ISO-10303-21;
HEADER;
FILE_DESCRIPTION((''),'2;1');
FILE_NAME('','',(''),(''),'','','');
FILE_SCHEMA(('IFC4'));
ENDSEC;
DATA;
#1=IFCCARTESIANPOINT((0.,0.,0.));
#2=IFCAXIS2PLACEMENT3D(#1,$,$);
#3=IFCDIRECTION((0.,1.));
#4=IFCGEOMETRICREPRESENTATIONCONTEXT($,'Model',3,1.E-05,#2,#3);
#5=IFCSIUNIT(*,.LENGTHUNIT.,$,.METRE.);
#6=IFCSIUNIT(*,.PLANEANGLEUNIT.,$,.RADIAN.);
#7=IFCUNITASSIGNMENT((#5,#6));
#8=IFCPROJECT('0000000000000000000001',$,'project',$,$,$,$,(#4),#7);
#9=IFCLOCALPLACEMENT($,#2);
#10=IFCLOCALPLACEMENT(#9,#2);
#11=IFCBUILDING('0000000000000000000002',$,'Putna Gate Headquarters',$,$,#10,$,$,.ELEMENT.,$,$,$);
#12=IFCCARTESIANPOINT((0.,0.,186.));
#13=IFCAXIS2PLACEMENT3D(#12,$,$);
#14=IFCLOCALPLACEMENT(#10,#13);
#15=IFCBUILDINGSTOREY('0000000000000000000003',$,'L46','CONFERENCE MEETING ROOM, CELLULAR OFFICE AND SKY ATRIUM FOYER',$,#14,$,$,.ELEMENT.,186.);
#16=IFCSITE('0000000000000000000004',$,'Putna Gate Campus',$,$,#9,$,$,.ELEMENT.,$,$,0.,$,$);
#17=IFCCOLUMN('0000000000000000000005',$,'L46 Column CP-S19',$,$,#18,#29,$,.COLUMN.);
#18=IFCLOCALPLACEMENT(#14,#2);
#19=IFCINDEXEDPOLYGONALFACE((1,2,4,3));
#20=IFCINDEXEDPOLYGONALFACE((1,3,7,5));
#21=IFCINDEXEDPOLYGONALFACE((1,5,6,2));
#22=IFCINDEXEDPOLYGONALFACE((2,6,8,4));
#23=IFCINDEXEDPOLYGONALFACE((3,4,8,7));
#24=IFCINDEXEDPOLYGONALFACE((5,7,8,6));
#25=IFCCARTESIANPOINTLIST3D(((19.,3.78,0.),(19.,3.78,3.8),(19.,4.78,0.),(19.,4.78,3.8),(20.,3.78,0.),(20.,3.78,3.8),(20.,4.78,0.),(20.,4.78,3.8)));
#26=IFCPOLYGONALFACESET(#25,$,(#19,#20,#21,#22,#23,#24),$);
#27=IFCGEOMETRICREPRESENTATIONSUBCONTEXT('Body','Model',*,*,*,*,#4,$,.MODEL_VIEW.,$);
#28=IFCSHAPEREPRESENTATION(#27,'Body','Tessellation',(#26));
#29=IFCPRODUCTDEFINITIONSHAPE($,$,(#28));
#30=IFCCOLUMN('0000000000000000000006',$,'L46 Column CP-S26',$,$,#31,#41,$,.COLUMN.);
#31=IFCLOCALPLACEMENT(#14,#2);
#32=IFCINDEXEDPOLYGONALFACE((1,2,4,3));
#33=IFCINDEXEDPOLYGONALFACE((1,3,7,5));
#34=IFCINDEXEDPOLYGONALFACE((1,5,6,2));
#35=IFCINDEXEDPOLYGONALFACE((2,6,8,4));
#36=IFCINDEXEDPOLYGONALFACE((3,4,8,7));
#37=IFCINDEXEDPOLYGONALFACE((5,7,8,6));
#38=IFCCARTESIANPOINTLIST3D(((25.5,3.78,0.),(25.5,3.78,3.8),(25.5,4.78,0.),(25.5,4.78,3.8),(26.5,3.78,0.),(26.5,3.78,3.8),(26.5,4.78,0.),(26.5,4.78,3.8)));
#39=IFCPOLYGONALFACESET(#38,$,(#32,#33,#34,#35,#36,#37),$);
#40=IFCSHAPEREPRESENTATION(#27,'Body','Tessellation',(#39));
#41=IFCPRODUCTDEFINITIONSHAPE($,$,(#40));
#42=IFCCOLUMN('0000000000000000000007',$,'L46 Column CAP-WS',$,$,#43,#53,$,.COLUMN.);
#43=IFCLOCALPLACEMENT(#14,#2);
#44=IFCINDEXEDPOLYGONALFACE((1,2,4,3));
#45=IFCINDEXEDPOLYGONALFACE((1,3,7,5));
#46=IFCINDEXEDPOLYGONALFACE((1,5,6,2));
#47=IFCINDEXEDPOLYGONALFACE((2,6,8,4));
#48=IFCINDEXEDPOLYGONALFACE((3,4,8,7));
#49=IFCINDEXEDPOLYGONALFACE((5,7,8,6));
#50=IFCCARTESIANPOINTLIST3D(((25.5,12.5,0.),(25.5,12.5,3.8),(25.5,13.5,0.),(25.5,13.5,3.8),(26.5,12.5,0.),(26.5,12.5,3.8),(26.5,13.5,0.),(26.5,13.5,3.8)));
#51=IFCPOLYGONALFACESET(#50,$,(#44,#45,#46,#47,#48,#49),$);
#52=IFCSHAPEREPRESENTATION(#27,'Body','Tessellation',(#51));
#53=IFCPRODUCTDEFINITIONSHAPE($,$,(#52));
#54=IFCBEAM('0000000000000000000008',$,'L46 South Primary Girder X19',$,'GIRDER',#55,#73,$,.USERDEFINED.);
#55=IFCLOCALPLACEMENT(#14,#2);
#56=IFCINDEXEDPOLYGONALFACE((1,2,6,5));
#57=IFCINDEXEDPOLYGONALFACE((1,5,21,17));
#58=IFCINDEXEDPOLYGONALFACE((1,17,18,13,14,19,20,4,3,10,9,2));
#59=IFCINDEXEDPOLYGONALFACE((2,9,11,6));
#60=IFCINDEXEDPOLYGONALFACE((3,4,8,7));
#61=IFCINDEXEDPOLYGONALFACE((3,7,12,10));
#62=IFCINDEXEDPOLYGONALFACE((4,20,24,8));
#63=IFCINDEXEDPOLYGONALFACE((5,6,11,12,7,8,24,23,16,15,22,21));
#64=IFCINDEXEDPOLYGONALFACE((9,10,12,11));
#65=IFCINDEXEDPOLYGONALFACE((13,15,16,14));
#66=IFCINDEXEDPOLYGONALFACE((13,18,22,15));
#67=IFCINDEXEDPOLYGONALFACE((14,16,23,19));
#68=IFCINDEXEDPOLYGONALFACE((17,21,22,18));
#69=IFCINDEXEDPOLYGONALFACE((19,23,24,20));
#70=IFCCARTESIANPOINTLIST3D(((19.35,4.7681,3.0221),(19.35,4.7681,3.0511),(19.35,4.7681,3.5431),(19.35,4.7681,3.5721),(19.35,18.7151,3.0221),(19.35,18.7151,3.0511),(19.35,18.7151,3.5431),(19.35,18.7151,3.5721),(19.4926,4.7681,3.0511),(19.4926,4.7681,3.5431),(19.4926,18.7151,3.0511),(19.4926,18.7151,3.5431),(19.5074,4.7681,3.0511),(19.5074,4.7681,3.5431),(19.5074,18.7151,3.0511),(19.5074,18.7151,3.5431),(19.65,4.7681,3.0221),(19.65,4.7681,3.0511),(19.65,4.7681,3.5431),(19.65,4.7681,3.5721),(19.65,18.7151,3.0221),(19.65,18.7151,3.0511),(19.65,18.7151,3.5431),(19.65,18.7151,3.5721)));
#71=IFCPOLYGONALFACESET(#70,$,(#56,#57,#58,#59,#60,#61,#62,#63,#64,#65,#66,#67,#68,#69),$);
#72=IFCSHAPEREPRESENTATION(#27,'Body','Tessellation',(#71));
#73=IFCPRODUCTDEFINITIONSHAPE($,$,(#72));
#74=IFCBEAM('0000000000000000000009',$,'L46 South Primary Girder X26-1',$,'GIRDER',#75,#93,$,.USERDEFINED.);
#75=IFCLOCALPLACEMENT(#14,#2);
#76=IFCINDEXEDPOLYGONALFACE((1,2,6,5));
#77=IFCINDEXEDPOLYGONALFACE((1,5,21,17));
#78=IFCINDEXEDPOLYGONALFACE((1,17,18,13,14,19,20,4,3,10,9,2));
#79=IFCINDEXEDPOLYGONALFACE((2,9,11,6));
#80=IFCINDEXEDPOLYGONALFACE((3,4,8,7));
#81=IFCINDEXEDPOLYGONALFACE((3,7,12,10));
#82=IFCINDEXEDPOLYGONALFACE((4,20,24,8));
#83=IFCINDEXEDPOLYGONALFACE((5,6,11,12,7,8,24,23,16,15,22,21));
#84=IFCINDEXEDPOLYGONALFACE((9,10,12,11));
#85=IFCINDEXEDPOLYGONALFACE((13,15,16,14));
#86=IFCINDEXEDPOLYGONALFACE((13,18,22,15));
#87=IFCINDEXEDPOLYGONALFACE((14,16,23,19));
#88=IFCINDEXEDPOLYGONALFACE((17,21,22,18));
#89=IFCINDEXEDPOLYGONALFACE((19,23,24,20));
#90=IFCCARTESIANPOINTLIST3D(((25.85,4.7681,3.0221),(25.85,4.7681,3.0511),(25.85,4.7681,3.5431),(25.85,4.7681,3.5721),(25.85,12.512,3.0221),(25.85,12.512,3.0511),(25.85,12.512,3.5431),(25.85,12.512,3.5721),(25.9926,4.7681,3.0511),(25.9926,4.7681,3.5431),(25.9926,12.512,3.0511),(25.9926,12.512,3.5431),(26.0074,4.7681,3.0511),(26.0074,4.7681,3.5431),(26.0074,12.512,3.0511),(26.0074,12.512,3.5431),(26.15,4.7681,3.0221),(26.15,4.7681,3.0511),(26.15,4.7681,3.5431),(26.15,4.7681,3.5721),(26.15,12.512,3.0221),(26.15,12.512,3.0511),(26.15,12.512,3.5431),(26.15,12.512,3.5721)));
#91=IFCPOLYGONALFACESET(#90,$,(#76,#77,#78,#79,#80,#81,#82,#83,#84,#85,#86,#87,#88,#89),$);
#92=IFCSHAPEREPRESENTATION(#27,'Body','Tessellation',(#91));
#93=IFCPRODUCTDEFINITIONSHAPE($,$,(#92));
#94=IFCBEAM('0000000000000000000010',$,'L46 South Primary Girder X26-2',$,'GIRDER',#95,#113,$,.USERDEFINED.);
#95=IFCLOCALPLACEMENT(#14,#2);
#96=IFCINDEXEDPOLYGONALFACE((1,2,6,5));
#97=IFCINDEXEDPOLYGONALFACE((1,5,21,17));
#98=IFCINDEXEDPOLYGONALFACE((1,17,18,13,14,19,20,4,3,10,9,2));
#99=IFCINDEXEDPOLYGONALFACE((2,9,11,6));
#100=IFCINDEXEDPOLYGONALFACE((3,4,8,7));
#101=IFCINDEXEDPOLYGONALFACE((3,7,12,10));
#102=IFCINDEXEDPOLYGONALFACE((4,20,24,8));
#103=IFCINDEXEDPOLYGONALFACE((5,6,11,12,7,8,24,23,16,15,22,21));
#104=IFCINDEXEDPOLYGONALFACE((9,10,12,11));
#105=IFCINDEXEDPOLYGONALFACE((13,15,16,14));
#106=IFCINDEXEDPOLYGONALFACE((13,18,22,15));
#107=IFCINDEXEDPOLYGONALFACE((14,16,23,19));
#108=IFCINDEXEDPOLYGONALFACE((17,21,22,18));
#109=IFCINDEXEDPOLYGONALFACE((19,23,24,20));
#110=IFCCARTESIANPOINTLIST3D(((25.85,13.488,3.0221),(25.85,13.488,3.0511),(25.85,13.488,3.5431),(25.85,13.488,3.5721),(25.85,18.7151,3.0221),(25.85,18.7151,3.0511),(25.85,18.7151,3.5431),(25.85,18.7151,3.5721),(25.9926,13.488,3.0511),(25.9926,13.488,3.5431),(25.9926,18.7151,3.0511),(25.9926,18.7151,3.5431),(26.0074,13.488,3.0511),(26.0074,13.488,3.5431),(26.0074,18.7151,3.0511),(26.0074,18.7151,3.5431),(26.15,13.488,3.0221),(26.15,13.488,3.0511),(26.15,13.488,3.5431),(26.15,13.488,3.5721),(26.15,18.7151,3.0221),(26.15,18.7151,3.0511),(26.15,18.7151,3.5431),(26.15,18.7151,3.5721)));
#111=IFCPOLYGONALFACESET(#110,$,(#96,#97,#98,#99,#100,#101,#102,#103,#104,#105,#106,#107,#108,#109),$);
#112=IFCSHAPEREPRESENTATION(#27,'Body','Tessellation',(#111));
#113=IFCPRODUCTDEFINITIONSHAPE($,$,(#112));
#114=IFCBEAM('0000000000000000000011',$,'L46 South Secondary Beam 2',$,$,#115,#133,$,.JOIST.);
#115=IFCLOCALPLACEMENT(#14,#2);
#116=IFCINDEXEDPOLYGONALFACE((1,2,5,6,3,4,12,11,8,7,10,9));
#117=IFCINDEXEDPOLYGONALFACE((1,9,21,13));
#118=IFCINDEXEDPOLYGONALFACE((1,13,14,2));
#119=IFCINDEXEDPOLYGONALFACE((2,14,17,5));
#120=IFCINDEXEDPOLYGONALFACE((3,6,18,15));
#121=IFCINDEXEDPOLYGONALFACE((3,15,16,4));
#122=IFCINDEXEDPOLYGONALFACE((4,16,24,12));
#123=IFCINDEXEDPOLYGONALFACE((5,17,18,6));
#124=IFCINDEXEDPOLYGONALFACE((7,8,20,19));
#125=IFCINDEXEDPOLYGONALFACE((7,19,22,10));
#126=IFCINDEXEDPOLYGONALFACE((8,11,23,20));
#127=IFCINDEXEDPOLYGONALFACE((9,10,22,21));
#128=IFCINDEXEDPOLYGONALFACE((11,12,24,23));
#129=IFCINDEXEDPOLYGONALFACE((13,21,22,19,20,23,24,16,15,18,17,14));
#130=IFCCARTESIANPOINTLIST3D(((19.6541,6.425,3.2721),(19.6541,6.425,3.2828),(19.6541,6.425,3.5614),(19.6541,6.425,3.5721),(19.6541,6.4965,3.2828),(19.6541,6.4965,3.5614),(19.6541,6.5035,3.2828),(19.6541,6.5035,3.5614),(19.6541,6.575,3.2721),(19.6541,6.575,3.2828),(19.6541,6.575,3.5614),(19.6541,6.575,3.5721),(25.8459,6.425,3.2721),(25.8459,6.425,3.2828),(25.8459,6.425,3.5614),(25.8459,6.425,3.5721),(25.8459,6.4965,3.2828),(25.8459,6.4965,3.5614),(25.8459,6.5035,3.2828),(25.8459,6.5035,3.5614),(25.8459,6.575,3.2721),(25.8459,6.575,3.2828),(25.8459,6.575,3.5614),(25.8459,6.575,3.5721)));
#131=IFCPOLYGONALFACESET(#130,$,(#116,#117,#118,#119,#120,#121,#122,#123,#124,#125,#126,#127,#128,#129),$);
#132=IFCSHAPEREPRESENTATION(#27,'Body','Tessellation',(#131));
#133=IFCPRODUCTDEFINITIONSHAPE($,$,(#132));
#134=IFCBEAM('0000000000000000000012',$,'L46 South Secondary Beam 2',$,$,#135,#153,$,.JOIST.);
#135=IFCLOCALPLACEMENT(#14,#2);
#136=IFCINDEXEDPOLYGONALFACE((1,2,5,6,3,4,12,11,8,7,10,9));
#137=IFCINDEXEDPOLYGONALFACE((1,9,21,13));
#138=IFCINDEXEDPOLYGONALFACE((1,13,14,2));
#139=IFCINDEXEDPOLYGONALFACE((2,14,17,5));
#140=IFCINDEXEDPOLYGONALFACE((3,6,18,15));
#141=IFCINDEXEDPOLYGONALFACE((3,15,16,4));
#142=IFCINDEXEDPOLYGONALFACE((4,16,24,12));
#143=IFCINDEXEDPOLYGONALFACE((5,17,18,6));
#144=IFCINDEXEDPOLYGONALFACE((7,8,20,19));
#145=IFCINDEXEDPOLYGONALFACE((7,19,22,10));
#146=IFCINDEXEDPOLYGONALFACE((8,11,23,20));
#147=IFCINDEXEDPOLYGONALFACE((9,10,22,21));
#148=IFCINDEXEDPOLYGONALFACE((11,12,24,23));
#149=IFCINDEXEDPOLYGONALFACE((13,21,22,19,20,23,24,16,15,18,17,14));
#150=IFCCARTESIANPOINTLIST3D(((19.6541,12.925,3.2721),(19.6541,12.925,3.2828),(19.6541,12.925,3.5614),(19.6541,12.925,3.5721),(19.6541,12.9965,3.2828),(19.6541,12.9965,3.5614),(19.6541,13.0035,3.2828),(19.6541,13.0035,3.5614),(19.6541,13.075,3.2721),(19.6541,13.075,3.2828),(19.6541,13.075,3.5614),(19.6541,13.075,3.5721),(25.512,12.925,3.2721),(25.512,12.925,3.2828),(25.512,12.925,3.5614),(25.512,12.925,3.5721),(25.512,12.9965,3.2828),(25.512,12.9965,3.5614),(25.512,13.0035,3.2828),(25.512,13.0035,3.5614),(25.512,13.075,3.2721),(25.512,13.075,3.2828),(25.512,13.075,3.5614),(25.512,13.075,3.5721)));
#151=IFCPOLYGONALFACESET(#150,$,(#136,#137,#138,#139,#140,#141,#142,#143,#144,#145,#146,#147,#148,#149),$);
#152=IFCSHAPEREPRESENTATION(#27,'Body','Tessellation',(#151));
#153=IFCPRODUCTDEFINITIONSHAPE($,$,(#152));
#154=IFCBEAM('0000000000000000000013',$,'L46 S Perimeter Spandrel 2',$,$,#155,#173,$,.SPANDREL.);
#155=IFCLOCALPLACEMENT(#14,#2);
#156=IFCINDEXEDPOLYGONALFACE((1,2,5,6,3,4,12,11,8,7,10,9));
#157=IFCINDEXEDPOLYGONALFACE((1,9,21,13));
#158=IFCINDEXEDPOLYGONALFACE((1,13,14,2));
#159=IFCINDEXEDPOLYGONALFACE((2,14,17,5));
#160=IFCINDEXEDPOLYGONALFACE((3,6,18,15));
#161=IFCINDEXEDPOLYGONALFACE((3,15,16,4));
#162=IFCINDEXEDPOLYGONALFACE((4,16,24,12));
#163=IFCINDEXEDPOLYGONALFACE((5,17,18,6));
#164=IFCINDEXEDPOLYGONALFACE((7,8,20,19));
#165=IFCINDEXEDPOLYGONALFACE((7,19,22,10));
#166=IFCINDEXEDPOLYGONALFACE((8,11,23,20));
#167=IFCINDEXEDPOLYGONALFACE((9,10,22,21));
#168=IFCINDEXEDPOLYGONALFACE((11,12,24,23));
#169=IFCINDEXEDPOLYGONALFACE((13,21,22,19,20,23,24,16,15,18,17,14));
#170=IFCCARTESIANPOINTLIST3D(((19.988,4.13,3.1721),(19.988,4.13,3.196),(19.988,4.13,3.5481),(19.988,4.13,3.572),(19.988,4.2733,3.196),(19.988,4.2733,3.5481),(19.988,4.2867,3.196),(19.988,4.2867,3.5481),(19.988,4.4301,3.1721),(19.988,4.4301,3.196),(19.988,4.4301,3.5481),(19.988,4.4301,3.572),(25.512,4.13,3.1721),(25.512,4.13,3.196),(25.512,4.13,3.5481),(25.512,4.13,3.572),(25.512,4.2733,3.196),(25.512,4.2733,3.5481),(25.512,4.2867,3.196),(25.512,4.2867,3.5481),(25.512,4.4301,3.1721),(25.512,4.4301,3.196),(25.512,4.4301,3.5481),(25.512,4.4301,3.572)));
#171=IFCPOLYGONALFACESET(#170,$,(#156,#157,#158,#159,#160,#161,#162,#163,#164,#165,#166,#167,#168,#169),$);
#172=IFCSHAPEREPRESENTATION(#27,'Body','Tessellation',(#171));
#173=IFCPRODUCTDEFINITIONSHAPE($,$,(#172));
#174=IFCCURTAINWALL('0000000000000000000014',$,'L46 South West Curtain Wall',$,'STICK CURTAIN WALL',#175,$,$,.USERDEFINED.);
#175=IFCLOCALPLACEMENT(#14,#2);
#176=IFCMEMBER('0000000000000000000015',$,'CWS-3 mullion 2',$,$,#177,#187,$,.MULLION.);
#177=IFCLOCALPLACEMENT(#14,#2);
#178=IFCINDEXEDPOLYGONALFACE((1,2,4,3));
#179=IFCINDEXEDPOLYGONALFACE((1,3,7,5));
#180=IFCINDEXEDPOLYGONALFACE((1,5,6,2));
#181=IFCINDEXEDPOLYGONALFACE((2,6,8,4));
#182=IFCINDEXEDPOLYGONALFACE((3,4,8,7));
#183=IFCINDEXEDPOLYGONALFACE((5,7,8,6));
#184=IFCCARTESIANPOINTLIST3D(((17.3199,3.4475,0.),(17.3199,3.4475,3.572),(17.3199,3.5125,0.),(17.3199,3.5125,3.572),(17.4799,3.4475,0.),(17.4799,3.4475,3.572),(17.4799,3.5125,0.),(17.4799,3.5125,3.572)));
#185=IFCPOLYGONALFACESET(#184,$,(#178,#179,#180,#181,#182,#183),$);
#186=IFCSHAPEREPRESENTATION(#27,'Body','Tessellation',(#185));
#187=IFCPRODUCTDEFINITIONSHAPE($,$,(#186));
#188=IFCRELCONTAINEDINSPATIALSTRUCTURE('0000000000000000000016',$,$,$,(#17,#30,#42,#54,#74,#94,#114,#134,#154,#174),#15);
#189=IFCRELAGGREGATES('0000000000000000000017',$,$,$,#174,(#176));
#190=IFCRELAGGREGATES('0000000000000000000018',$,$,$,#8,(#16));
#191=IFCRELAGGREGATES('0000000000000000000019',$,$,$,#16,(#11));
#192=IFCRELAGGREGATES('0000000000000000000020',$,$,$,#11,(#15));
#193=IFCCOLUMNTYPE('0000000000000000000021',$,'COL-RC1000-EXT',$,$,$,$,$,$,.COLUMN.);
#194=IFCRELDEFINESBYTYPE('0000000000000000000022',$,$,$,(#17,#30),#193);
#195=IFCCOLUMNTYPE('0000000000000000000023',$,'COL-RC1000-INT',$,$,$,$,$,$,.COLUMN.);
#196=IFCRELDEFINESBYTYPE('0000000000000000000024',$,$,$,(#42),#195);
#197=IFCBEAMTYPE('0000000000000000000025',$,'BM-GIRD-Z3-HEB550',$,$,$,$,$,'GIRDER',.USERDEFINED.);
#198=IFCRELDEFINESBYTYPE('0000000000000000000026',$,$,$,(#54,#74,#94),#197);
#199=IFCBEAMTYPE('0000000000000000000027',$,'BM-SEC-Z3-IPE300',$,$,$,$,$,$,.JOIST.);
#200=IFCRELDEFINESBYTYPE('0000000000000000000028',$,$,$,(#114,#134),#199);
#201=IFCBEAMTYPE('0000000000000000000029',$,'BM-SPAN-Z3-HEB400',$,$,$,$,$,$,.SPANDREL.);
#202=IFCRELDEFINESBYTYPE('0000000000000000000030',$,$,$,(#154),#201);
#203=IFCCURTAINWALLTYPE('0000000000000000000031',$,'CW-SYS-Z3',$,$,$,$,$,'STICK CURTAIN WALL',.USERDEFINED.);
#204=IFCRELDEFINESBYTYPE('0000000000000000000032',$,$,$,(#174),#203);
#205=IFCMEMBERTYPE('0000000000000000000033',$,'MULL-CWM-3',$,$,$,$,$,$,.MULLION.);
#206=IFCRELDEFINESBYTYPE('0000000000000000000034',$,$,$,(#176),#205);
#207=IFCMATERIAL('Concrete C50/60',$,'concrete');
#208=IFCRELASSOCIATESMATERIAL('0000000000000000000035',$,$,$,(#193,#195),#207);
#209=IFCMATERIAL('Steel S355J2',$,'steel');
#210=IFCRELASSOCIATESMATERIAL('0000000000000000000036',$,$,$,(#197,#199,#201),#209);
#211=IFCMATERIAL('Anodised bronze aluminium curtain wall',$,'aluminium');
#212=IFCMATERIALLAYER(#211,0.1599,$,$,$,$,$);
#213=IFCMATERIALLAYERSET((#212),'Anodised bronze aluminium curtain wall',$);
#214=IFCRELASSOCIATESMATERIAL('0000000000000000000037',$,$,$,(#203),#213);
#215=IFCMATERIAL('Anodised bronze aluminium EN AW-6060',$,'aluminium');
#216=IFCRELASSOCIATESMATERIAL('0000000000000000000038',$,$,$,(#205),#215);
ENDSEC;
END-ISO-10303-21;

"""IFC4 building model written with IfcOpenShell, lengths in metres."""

from ifc_helpers import new_model, si_unit, direction, frame, origin, origin_2d, place, context, subcontext, project, spatial, rectangle, i_section, extrude, material, layer, layer_set, material_profile, profile_set, type_object, element, aggregate, save


model = new_model("IFC4")

# Units and contexts
model_context = context("Model", 3, precision=1e-05, world=origin(), true_north=direction((0.0, 1.0)))
body_context = subcontext(model_context, "Body", "Model", "MODEL_VIEW")
ifc_project = project(units=[si_unit("LENGTHUNIT", "METRE"), si_unit("PLANEANGLEUNIT", "RADIAN")], contexts=[model_context])

# Site, building, storey
site_placement = place(None, origin())
site = spatial("IfcSite", under=ifc_project, at=site_placement, Name="Putna Gate Campus", CompositionType="ELEMENT", RefElevation=0.0)
building_placement = place(site_placement, origin())
building = spatial("IfcBuilding", under=site, at=building_placement, Name="Putna Gate Headquarters", CompositionType="ELEMENT")
storey_placement = place(building_placement, frame((0.0, 0.0, 186.0)))
storey = spatial("IfcBuildingStorey", under=building, at=storey_placement, Name="L46", Description="CONFERENCE MEETING ROOM, CELLULAR OFFICE AND SKY ATRIUM FOYER", CompositionType="ELEMENT", Elevation=186.0)

# Columns
ifc_material_1 = material(Name="Concrete C50/60", Category="concrete")
ifc_material_profile_1 = material_profile(ifc_material_1, rectangle(XDim=1.0, YDim=1.0, at=origin_2d()), Name="Concrete C50/60")
ifc_profile_set_1 = profile_set([ifc_material_profile_1], Name="Concrete C50/60")
column_type_1 = type_object("IfcColumnType", Name="COL-RC1000-EXT", PredefinedType="COLUMN", material=ifc_profile_set_1)
for number, where, z_axis, x_axis, name in (
    (1, (19.5, 4.28, 0.0), (0.0, 0.0, 1.0), (1.0, 0.0, 0.0), "L46 Column CP-S19"),
    (2, (26.0, 4.28, 0.0), (0.0, 0.0, 1.0), (1.0, 0.0, 0.0), "L46 Column CP-S26"),
):
    element("IfcColumn", number, at=place(storey_placement, frame(where, z_axis=z_axis, x_axis=x_axis)), inside=storey, type_object=column_type_1, Name=name, PredefinedType="COLUMN", context=body_context, shape_type="SweptSolid", body=[
        extrude(rectangle(XDim=1.0, YDim=1.0, at=origin_2d()), origin(), (0.0, 0.0, 1.0), 3.8),
    ])
ifc_material_profile_2 = material_profile(ifc_material_1, rectangle(XDim=1.0, YDim=1.0, at=origin_2d()), Name="Concrete C50/60")
ifc_profile_set_2 = profile_set([ifc_material_profile_2], Name="Concrete C50/60")
column_type_2 = type_object("IfcColumnType", Name="COL-RC1000-INT", PredefinedType="COLUMN", material=ifc_profile_set_2)
column_placement = place(storey_placement, frame((26.0, 13.0, 0.0), z_axis=(0.0, 0.0, 1.0), x_axis=(1.0, 0.0, 0.0)))
element("IfcColumn", 3, at=column_placement, inside=storey, type_object=column_type_2, Name="L46 Column CAP-WS", PredefinedType="COLUMN", context=body_context, shape_type="SweptSolid", body=[
    extrude(rectangle(XDim=1.0, YDim=1.0, at=origin_2d()), origin(), (0.0, 0.0, 1.0), 3.8),
])

# Beams
ifc_material_2 = material(Name="Steel S355J2", Category="steel")
ifc_material_profile_3 = material_profile(ifc_material_2, i_section(OverallWidth=0.3, OverallDepth=0.55, WebThickness=0.0149, FlangeThickness=0.0291, at=origin_2d()), Name="Steel S355J2")
ifc_profile_set_3 = profile_set([ifc_material_profile_3], Name="Steel S355J2")
beam_type_1 = type_object("IfcBeamType", Name="BM-GIRD-Z3-HEB550", ElementType="GIRDER", PredefinedType="USERDEFINED", material=ifc_profile_set_3)
beam_1_placement = place(storey_placement, frame((19.5, 4.7681, 3.2971), z_axis=(0.0, 1.0, 0.0), x_axis=(-1.0, 0.0, 0.0)))
element("IfcBeam", 4, at=beam_1_placement, inside=storey, type_object=beam_type_1, Name="L46 South Primary Girder X19", ObjectType="GIRDER", PredefinedType="USERDEFINED", context=body_context, shape_type="SweptSolid", body=[
    extrude(i_section(OverallWidth=0.3, OverallDepth=0.55, WebThickness=0.0149, FlangeThickness=0.0291, at=origin_2d()), origin(), (0.0, 0.0, 1.0), 13.947),
])
beam_2_placement = place(storey_placement, frame((26.0, 4.7681, 3.2971), z_axis=(0.0, 1.0, 0.0), x_axis=(-1.0, 0.0, 0.0)))
element("IfcBeam", 5, at=beam_2_placement, inside=storey, type_object=beam_type_1, Name="L46 South Primary Girder X26-1", ObjectType="GIRDER", PredefinedType="USERDEFINED", context=body_context, shape_type="SweptSolid", body=[
    extrude(i_section(OverallWidth=0.3, OverallDepth=0.55, WebThickness=0.0149, FlangeThickness=0.0291, at=origin_2d()), origin(), (0.0, 0.0, 1.0), 7.7439),
])
beam_3_placement = place(storey_placement, frame((26.0, 13.488, 3.2971), z_axis=(0.0, 1.0, 0.0), x_axis=(-1.0, 0.0, 0.0)))
element("IfcBeam", 6, at=beam_3_placement, inside=storey, type_object=beam_type_1, Name="L46 South Primary Girder X26-2", ObjectType="GIRDER", PredefinedType="USERDEFINED", context=body_context, shape_type="SweptSolid", body=[
    extrude(i_section(OverallWidth=0.3, OverallDepth=0.55, WebThickness=0.0149, FlangeThickness=0.0291, at=origin_2d()), origin(), (0.0, 0.0, 1.0), 5.2271),
])
ifc_material_profile_4 = material_profile(ifc_material_2, i_section(OverallWidth=0.1499, OverallDepth=0.3, WebThickness=0.0071, FlangeThickness=0.0107, at=origin_2d()), Name="Steel S355J2")
ifc_profile_set_4 = profile_set([ifc_material_profile_4], Name="Steel S355J2")
beam_type_2 = type_object("IfcBeamType", Name="BM-SEC-Z3-IPE300", PredefinedType="JOIST", material=ifc_profile_set_4)
beam_4_placement = place(storey_placement, frame((19.6541, 6.5, 3.4221), z_axis=(1.0, 0.0, 0.0), x_axis=(0.0, 1.0, 0.0)))
element("IfcBeam", 7, at=beam_4_placement, inside=storey, type_object=beam_type_2, Name="L46 South Secondary Beam 2", PredefinedType="JOIST", context=body_context, shape_type="SweptSolid", body=[
    extrude(i_section(OverallWidth=0.1499, OverallDepth=0.3, WebThickness=0.0071, FlangeThickness=0.0107, at=origin_2d()), origin(), (0.0, 0.0, 1.0), 6.1919),
])
beam_5_placement = place(storey_placement, frame((19.6541, 13.0, 3.4221), z_axis=(1.0, 0.0, 0.0), x_axis=(0.0, 1.0, 0.0)))
element("IfcBeam", 8, at=beam_5_placement, inside=storey, type_object=beam_type_2, Name="L46 South Secondary Beam 2", PredefinedType="JOIST", context=body_context, shape_type="SweptSolid", body=[
    extrude(i_section(OverallWidth=0.1499, OverallDepth=0.3, WebThickness=0.0071, FlangeThickness=0.0107, at=origin_2d()), origin(), (0.0, 0.0, 1.0), 5.8579),
])
ifc_material_profile_5 = material_profile(ifc_material_2, i_section(OverallWidth=0.3, OverallDepth=0.3999, WebThickness=0.0134, FlangeThickness=0.0239, at=origin_2d()), Name="Steel S355J2")
ifc_profile_set_5 = profile_set([ifc_material_profile_5], Name="Steel S355J2")
beam_type_3 = type_object("IfcBeamType", Name="BM-SPAN-Z3-HEB400", PredefinedType="SPANDREL", material=ifc_profile_set_5)
beam_6_placement = place(storey_placement, frame((19.988, 4.28, 3.3721), z_axis=(1.0, 0.0, 0.0), x_axis=(0.0, 1.0, 0.0)))
element("IfcBeam", 9, at=beam_6_placement, inside=storey, type_object=beam_type_3, Name="L46 S Perimeter Spandrel 2", PredefinedType="SPANDREL", context=body_context, shape_type="SweptSolid", body=[
    extrude(i_section(OverallWidth=0.3, OverallDepth=0.3999, WebThickness=0.0134, FlangeThickness=0.0239, at=origin_2d()), origin(), (0.0, 0.0, 1.0), 5.5239),
])

# Curtain wall, member
ifc_material_3 = material(Name="Anodised bronze aluminium curtain wall", Category="aluminium")
ifc_layer_1 = layer(ifc_material_3, 0.1599)
ifc_layer_set_1 = layer_set([ifc_layer_1], Name="Anodised bronze aluminium curtain wall")
curtain_wall_type = type_object("IfcCurtainWallType", Name="CW-SYS-Z3", ElementType="STICK CURTAIN WALL", PredefinedType="USERDEFINED", material=ifc_layer_set_1)
curtain_wall_placement = place(storey_placement, origin())
curtain_wall = element("IfcCurtainWall", 10, at=curtain_wall_placement, inside=storey, type_object=curtain_wall_type, Name="L46 South West Curtain Wall", ObjectType="STICK CURTAIN WALL", PredefinedType="USERDEFINED")
ifc_material_4 = material(Name="Anodised bronze aluminium EN AW-6060", Category="aluminium")
ifc_material_profile_6 = material_profile(ifc_material_4, rectangle(XDim=0.0649, YDim=0.1599, at=origin_2d()), Name="Anodised bronze aluminium EN AW-6060")
ifc_profile_set_6 = profile_set([ifc_material_profile_6], Name="Anodised bronze aluminium EN AW-6060")
member_type_1 = type_object("IfcMemberType", Name="MULL-CWM-3", PredefinedType="MULLION", material=ifc_profile_set_6)
member_1_placement = place(storey_placement, frame((17.3999, 3.48, 0.0), z_axis=(0.0, 0.0, 1.0), x_axis=(0.0, 1.0, 0.0)))
member_1 = element("IfcMember", 11, at=member_1_placement, type_object=member_type_1, Name="CWS-3 mullion 2", PredefinedType="MULLION", context=body_context, shape_type="SweptSolid", body=[
    extrude(rectangle(XDim=0.0649, YDim=0.1599, at=origin_2d()), origin(), (0.0, 0.0, 1.0), 3.572),
])
aggregate(curtain_wall, [member_1])

save(model, "model.ifc")
